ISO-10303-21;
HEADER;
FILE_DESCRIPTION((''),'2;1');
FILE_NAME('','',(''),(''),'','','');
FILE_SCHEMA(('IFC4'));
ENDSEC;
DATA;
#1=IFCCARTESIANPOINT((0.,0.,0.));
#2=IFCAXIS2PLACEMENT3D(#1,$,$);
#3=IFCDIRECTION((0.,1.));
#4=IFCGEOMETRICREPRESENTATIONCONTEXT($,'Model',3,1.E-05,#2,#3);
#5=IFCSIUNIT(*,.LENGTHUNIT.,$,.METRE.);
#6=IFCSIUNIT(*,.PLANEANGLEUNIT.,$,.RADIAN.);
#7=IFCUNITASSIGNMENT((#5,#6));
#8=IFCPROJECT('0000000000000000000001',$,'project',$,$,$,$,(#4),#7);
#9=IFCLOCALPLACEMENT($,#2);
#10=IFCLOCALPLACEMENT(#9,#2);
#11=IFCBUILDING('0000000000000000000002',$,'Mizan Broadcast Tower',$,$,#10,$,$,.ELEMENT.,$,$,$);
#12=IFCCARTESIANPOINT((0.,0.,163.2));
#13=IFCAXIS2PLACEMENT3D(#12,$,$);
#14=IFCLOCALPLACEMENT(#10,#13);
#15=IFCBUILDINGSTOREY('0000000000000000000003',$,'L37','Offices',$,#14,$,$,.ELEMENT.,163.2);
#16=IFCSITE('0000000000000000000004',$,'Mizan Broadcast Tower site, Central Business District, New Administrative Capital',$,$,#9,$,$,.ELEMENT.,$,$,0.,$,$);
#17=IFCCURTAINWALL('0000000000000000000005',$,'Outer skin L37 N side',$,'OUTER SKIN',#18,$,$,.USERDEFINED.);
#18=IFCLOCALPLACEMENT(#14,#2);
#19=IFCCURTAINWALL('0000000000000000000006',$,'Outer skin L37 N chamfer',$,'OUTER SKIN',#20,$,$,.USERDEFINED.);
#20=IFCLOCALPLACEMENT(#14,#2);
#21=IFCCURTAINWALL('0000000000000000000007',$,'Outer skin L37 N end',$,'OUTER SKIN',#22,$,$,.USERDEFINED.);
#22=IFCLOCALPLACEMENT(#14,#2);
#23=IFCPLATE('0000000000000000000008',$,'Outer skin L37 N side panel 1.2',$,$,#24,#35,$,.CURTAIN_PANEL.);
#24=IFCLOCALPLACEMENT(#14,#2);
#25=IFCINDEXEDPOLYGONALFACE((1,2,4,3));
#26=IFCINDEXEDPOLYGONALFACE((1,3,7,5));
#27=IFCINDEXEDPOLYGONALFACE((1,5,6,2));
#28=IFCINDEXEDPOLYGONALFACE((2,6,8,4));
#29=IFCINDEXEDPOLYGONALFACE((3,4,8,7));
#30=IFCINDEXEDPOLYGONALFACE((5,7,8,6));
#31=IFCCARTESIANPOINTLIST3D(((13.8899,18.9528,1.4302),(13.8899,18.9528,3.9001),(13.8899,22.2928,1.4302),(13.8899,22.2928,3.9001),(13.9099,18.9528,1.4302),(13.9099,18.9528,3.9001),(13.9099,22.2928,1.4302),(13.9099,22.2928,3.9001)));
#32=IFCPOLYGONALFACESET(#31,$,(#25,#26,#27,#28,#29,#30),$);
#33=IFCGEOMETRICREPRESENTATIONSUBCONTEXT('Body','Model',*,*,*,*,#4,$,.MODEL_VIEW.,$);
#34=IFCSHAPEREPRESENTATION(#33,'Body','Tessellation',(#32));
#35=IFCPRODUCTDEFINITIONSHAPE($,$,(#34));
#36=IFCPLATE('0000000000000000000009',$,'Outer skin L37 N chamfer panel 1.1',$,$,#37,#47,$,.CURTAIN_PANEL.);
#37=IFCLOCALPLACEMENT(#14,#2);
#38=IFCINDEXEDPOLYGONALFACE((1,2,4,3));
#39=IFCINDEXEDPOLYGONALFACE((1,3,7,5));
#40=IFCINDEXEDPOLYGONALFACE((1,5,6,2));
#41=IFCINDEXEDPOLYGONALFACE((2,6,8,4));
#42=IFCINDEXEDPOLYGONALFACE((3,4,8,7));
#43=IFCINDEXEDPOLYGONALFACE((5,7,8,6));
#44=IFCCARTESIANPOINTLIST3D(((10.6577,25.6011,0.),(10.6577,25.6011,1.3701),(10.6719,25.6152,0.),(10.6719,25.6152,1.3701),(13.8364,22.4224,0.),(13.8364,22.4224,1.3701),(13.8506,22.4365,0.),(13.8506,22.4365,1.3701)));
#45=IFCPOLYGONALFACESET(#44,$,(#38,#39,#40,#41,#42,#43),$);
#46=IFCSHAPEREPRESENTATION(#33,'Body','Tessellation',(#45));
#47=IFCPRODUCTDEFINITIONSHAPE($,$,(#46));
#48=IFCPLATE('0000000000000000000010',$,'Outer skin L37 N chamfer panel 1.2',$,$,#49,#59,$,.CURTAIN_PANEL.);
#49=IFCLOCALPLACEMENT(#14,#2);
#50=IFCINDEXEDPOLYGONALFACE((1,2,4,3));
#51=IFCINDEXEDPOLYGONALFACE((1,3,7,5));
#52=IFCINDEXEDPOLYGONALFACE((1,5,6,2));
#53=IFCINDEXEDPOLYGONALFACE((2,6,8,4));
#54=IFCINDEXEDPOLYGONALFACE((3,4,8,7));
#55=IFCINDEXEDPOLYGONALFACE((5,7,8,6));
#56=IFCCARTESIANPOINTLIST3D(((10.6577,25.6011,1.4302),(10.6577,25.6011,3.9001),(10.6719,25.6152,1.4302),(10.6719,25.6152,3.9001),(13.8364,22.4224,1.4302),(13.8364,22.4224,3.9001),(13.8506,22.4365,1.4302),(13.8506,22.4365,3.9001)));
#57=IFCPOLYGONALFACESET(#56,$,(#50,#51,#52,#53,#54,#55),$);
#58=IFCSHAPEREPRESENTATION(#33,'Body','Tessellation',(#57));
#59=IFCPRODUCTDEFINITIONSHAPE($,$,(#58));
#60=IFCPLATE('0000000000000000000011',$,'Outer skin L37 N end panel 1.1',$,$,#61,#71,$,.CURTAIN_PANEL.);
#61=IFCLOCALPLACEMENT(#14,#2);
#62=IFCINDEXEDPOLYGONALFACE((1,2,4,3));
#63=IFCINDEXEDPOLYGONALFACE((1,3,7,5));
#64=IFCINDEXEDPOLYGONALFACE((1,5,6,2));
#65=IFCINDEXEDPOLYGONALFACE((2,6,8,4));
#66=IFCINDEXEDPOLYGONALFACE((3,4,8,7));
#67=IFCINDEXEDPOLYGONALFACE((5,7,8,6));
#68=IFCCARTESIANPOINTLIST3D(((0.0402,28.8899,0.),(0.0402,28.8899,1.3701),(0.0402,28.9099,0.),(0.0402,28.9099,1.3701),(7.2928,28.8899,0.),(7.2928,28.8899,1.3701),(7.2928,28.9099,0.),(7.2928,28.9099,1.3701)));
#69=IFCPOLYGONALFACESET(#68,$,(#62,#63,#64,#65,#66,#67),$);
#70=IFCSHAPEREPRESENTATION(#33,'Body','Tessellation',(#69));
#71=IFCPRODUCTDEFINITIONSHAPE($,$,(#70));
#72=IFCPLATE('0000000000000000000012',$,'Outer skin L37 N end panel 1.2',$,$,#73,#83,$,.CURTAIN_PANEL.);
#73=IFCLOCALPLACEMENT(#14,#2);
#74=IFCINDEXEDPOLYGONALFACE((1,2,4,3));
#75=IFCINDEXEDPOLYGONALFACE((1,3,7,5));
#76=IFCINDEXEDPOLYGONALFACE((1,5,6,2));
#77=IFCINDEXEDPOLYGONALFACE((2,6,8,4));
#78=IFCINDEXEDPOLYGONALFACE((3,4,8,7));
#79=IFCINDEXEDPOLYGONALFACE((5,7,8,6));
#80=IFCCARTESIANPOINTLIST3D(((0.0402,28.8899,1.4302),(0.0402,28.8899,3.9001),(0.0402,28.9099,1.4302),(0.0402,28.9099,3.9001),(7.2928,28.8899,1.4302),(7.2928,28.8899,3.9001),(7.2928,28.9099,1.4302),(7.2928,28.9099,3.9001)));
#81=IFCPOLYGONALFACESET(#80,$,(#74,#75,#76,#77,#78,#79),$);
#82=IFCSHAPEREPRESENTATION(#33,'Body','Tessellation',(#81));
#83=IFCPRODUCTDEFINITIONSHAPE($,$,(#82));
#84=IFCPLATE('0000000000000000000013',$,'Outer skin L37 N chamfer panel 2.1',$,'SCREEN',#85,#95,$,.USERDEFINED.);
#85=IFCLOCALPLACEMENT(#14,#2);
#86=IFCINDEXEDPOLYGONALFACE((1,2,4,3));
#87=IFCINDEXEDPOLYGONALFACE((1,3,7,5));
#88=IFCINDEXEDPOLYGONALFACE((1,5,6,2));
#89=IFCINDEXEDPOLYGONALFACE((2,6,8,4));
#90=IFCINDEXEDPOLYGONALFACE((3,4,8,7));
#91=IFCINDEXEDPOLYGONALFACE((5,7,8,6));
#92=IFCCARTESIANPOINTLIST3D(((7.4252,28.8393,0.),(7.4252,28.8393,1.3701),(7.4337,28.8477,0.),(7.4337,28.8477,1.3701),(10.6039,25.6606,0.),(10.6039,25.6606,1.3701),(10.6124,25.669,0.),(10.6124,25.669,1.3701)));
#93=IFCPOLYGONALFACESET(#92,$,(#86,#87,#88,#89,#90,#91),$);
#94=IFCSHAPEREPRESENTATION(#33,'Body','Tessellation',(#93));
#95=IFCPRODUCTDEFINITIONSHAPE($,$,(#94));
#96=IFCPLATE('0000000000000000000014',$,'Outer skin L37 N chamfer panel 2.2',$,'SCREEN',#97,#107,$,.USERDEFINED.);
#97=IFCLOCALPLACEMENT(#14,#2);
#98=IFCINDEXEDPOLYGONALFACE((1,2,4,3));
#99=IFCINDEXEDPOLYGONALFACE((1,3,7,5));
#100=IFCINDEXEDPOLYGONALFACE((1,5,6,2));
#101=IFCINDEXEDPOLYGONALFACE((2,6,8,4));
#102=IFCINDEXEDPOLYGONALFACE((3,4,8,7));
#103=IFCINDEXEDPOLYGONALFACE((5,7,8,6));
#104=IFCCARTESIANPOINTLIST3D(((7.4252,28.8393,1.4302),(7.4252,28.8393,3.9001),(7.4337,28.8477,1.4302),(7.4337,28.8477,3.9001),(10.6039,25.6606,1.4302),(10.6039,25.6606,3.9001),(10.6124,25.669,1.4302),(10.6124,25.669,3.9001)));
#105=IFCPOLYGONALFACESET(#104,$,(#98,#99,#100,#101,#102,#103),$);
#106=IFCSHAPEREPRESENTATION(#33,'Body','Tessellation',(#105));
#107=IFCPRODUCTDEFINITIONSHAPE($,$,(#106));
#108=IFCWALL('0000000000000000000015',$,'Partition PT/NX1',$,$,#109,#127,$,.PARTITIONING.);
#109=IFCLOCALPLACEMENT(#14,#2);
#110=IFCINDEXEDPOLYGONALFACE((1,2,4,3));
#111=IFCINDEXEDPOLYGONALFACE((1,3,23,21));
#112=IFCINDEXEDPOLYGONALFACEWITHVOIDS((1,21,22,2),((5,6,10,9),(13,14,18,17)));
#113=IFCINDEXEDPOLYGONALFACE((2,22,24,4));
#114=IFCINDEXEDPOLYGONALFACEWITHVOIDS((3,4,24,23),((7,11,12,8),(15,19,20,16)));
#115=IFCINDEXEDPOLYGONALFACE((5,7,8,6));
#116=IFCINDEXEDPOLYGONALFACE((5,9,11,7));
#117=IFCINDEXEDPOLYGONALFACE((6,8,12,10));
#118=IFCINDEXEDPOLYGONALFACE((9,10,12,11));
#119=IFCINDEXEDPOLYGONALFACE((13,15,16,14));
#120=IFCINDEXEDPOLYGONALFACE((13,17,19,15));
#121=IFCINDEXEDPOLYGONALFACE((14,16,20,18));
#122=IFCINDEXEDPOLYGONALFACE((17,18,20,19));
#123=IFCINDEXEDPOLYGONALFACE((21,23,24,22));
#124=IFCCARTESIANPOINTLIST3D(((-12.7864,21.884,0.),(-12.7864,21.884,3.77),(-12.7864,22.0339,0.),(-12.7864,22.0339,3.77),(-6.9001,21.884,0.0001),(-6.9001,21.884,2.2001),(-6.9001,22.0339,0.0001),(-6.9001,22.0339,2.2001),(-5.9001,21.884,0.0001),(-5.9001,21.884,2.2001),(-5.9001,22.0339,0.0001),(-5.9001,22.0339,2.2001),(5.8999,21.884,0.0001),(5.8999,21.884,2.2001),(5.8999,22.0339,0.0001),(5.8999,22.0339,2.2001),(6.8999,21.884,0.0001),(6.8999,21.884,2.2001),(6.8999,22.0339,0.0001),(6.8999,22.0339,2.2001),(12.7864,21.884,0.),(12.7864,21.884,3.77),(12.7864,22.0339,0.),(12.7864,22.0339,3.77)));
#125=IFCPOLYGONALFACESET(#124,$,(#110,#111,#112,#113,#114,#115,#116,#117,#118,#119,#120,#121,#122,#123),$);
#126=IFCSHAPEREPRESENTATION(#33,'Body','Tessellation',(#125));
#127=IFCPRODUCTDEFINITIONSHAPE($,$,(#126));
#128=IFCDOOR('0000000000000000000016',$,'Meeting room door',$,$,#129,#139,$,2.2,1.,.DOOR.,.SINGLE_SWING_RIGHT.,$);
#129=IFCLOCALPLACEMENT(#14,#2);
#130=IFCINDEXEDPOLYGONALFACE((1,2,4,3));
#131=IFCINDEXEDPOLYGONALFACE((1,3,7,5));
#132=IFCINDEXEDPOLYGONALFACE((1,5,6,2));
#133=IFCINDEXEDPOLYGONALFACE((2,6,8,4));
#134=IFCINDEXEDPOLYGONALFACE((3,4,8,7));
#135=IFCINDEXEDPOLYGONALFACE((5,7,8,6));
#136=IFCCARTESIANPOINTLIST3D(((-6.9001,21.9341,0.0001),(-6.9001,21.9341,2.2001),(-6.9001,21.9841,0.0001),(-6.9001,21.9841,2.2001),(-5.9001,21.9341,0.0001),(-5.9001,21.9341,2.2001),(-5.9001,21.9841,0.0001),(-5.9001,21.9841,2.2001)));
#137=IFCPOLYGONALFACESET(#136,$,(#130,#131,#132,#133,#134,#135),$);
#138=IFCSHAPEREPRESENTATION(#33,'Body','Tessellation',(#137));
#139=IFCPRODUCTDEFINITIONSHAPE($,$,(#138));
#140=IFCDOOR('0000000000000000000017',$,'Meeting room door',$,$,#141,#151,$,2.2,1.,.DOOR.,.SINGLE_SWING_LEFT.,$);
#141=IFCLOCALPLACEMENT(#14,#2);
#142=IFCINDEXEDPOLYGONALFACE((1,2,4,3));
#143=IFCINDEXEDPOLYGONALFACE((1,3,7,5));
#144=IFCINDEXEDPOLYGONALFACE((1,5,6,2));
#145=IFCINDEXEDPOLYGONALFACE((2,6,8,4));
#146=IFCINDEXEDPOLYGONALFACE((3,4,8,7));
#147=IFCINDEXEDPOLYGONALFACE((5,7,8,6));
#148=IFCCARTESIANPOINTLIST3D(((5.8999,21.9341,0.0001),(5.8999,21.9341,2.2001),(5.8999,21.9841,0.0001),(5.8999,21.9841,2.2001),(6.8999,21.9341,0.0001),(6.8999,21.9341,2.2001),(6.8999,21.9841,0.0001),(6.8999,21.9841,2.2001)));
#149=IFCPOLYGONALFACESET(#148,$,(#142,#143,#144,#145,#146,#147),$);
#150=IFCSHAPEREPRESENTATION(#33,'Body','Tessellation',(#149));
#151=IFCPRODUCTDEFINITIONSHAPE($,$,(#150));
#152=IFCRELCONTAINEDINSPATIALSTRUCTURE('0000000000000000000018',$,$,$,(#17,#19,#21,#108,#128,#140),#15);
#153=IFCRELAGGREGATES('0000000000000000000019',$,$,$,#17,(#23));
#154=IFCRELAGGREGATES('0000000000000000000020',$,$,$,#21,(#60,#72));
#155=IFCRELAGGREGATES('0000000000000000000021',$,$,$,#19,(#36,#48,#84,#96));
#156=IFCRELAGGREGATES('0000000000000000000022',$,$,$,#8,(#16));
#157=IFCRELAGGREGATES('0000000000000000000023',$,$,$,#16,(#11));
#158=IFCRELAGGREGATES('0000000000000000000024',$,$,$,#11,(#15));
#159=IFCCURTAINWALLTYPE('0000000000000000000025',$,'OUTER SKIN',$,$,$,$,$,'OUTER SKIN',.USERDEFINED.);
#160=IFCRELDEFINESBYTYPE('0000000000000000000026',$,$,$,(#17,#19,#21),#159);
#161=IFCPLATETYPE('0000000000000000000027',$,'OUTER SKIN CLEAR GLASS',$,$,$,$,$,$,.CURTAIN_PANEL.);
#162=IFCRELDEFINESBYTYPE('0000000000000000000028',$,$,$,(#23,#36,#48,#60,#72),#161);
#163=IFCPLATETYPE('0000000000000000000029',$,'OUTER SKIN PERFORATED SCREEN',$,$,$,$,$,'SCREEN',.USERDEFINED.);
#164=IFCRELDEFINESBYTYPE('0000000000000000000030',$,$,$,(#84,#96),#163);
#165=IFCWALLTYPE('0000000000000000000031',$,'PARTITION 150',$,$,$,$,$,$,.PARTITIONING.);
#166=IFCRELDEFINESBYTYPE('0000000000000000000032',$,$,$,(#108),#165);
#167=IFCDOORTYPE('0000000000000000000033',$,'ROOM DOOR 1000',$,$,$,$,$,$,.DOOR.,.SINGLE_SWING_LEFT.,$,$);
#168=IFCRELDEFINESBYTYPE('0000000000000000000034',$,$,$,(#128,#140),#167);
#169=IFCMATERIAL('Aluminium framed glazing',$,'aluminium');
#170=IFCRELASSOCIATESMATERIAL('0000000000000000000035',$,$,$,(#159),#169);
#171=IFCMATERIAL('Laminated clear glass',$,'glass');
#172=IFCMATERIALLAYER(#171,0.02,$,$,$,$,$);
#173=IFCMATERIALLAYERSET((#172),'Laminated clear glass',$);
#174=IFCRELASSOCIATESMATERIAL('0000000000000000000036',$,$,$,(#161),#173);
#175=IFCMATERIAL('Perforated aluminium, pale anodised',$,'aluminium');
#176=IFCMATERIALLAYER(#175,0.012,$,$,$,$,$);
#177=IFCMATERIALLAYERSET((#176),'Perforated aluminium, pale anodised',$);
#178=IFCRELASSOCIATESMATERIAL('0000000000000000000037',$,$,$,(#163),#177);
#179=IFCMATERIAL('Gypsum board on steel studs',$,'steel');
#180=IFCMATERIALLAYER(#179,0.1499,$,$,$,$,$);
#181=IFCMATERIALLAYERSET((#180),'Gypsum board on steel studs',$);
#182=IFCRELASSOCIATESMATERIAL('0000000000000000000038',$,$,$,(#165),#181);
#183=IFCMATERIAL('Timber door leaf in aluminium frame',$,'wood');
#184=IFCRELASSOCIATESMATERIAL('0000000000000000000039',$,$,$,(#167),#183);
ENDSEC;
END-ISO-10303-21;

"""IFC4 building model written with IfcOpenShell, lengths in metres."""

from ifc_helpers import new_model, si_unit, direction, frame, frame_2d, origin, origin_2d, place, context, subcontext, project, spatial, rectangle, extrude, material, layer, layer_set, type_object, element, fill, aggregate, save


model = new_model("IFC4")

# Units and contexts
model_context = context("Model", 3, precision=1e-05, world=origin(), true_north=direction((0.0, 1.0)))
body_context = subcontext(model_context, "Body", "Model", "MODEL_VIEW")
ifc_project = project(units=[si_unit("LENGTHUNIT", "METRE"), si_unit("PLANEANGLEUNIT", "RADIAN")], contexts=[model_context])

# Site, building, storey
site_placement = place(None, origin())
site = spatial("IfcSite", under=ifc_project, at=site_placement, Name="Mizan Broadcast Tower site, Central Business District, New Administrative Capital", CompositionType="ELEMENT", RefElevation=0.0)
building_placement = place(site_placement, origin())
building = spatial("IfcBuilding", under=site, at=building_placement, Name="Mizan Broadcast Tower", CompositionType="ELEMENT")
storey_placement = place(building_placement, frame((0.0, 0.0, 163.2)))
storey = spatial("IfcBuildingStorey", under=building, at=storey_placement, Name="L37", Description="Offices", CompositionType="ELEMENT", Elevation=163.2)

# Curtain wall
ifc_material_1 = material(Name="Aluminium framed glazing", Category="aluminium")
curtain_wall_type_1 = type_object("IfcCurtainWallType", Name="OUTER SKIN", ElementType="OUTER SKIN", PredefinedType="USERDEFINED", material=ifc_material_1)
curtain_wall_1_placement = place(storey_placement, origin())
curtain_wall_1 = element("IfcCurtainWall", 1, at=curtain_wall_1_placement, inside=storey, type_object=curtain_wall_type_1, Name="Outer skin L37 N side", ObjectType="OUTER SKIN", PredefinedType="USERDEFINED")

# Curtain wall
curtain_wall_2_placement = place(storey_placement, origin())
curtain_wall_2 = element("IfcCurtainWall", 2, at=curtain_wall_2_placement, inside=storey, type_object=curtain_wall_type_1, Name="Outer skin L37 N chamfer", ObjectType="OUTER SKIN", PredefinedType="USERDEFINED")

# Curtain wall
curtain_wall_3_placement = place(storey_placement, origin())
curtain_wall_3 = element("IfcCurtainWall", 3, at=curtain_wall_3_placement, inside=storey, type_object=curtain_wall_type_1, Name="Outer skin L37 N end", ObjectType="OUTER SKIN", PredefinedType="USERDEFINED")

# Plates
ifc_material_2 = material(Name="Laminated clear glass", Category="glass")
ifc_layer_1 = layer(ifc_material_2, 0.02)
ifc_layer_set_1 = layer_set([ifc_layer_1], Name="Laminated clear glass")
plate_type_1 = type_object("IfcPlateType", Name="OUTER SKIN CLEAR GLASS", PredefinedType="CURTAIN_PANEL", material=ifc_layer_set_1)
plate_1_placement = place(storey_placement, frame((13.8999, 20.6228, 1.4302), z_axis=(0.0, 0.0, 1.0), x_axis=(0.0, 1.0, 0.0)))
plate_1 = element("IfcPlate", 4, at=plate_1_placement, type_object=plate_type_1, Name="Outer skin L37 N side panel 1.2", PredefinedType="CURTAIN_PANEL", context=body_context, shape_type="SweptSolid", body=[
    extrude(rectangle(XDim=3.3401, YDim=0.02, at=origin_2d()), origin(), (0.0, 0.0, 1.0), 2.47),
])
aggregate(curtain_wall_1, [plate_1])
plate_2_placement = place(storey_placement, frame((12.2542, 24.0188, 0.0), z_axis=(0.0, 0.0, 1.0), x_axis=(-0.707107, 0.707107, 0.0)))
plate_2 = element("IfcPlate", 5, at=plate_2_placement, type_object=plate_type_1, Name="Outer skin L37 N chamfer panel 1.1", PredefinedType="CURTAIN_PANEL", context=body_context, shape_type="SweptSolid", body=[
    extrude(rectangle(XDim=4.4954, YDim=0.02, at=origin_2d()), origin(), (0.0, 0.0, 1.0), 1.3701),
])
plate_3_placement = place(storey_placement, frame((12.2542, 24.0188, 1.4302), z_axis=(0.0, 0.0, 1.0), x_axis=(-0.707107, 0.707107, 0.0)))
plate_3 = element("IfcPlate", 6, at=plate_3_placement, type_object=plate_type_1, Name="Outer skin L37 N chamfer panel 1.2", PredefinedType="CURTAIN_PANEL", context=body_context, shape_type="SweptSolid", body=[
    extrude(rectangle(XDim=4.4954, YDim=0.02, at=origin_2d()), origin(), (0.0, 0.0, 1.0), 2.47),
])
plate_4_placement = place(storey_placement, frame((3.6665, 28.8999, 0.0), z_axis=(0.0, 0.0, 1.0), x_axis=(-1.0, 0.0, 0.0)))
plate_4 = element("IfcPlate", 7, at=plate_4_placement, type_object=plate_type_1, Name="Outer skin L37 N end panel 1.1", PredefinedType="CURTAIN_PANEL", context=body_context, shape_type="SweptSolid", body=[
    extrude(rectangle(XDim=7.2527, YDim=0.02, at=origin_2d()), origin(), (0.0, 0.0, 1.0), 1.3701),
])
plate_5_placement = place(storey_placement, frame((3.6665, 28.8999, 1.4302), z_axis=(0.0, 0.0, 1.0), x_axis=(-1.0, 0.0, 0.0)))
plate_5 = element("IfcPlate", 8, at=plate_5_placement, type_object=plate_type_1, Name="Outer skin L37 N end panel 1.2", PredefinedType="CURTAIN_PANEL", context=body_context, shape_type="SweptSolid", body=[
    extrude(rectangle(XDim=7.2527, YDim=0.02, at=origin_2d()), origin(), (0.0, 0.0, 1.0), 2.47),
])
aggregate(curtain_wall_3, [plate_4, plate_5])
ifc_material_3 = material(Name="Perforated aluminium, pale anodised", Category="aluminium")
ifc_layer_2 = layer(ifc_material_3, 0.012)
ifc_layer_set_2 = layer_set([ifc_layer_2], Name="Perforated aluminium, pale anodised")
plate_type_2 = type_object("IfcPlateType", Name="OUTER SKIN PERFORATED SCREEN", ElementType="SCREEN", PredefinedType="USERDEFINED", material=ifc_layer_set_2)
plate_6_placement = place(storey_placement, frame((9.0188, 27.2542, 0.0), z_axis=(0.0, 0.0, 1.0), x_axis=(-0.707107, 0.707107, 0.0)))
plate_6 = element("IfcPlate", 9, at=plate_6_placement, type_object=plate_type_2, Name="Outer skin L37 N chamfer panel 2.1", ObjectType="SCREEN", PredefinedType="USERDEFINED", context=body_context, shape_type="SweptSolid", body=[
    extrude(rectangle(XDim=4.4954, YDim=0.012, at=origin_2d()), origin(), (0.0, 0.0, 1.0), 1.3701),
])
plate_7_placement = place(storey_placement, frame((9.0188, 27.2542, 1.4302), z_axis=(0.0, 0.0, 1.0), x_axis=(-0.707107, 0.707107, 0.0)))
plate_7 = element("IfcPlate", 10, at=plate_7_placement, type_object=plate_type_2, Name="Outer skin L37 N chamfer panel 2.2", ObjectType="SCREEN", PredefinedType="USERDEFINED", context=body_context, shape_type="SweptSolid", body=[
    extrude(rectangle(XDim=4.4954, YDim=0.012, at=origin_2d()), origin(), (0.0, 0.0, 1.0), 2.47),
])
aggregate(curtain_wall_2, [plate_2, plate_3, plate_6, plate_7])

# Wall, openings, doors
ifc_material_4 = material(Name="Gypsum board on steel studs", Category="steel")
ifc_layer_3 = layer(ifc_material_4, 0.1499)
ifc_layer_set_3 = layer_set([ifc_layer_3], Name="Gypsum board on steel studs")
wall_type = type_object("IfcWallType", Name="PARTITION 150", PredefinedType="PARTITIONING", material=ifc_layer_set_3)
wall_placement = place(storey_placement, frame((12.7864, 21.959, 0.0), z_axis=(0.0, 0.0, 1.0), x_axis=(-1.0, 0.0, 0.0)))
wall = element("IfcWall", 11, at=wall_placement, inside=storey, type_object=wall_type, Name="Partition PT/NX1", PredefinedType="PARTITIONING", context=body_context, shape_type="SweptSolid", body=[
    extrude(rectangle(XDim=25.5728, YDim=0.1499, at=frame_2d((12.7864, 0.0))), origin(), (0.0, 0.0, 1.0), 3.77),
])
opening_1_placement = place(wall_placement, frame((18.6865, 0.0, 0.0)))
opening_1 = element("IfcOpeningElement", 12, at=opening_1_placement, cuts=wall, PredefinedType="OPENING", context=body_context, shape_type="SweptSolid", body=[
    extrude(rectangle(XDim=1.0, YDim=2.2, at=frame_2d((0.5, 1.1001))), frame((0.0, 0.085, 0.0), z_axis=(0.0, -1.0, 0.0), x_axis=(1.0, 0.0, 0.0)), (0.0, 0.0, 1.0), 0.1699),
])
opening_2_placement = place(wall_placement, frame((5.8865, 0.0, 0.0)))
opening_2 = element("IfcOpeningElement", 13, at=opening_2_placement, cuts=wall, PredefinedType="OPENING", context=body_context, shape_type="SweptSolid", body=[
    extrude(rectangle(XDim=1.0, YDim=2.2, at=frame_2d((0.5, 1.1001))), frame((0.0, 0.085, 0.0), z_axis=(0.0, -1.0, 0.0), x_axis=(1.0, 0.0, 0.0)), (0.0, 0.0, 1.0), 0.1699),
])
ifc_material_5 = material(Name="Timber door leaf in aluminium frame", Category="wood")
door_type = type_object("IfcDoorType", Name="ROOM DOOR 1000", OperationType="SINGLE_SWING_LEFT", PredefinedType="DOOR", material=ifc_material_5)
door_1_placement = place(opening_1_placement, origin())
door_1 = element("IfcDoor", 14, at=door_1_placement, inside=storey, type_object=door_type, Name="Meeting room door", OperationType="SINGLE_SWING_RIGHT", OverallHeight=2.2, OverallWidth=1.0, PredefinedType="DOOR", context=body_context, shape_type="SweptSolid", body=[
    extrude(rectangle(XDim=1.0, YDim=2.2, at=frame_2d((0.5, 1.1001))), frame((0.0, 0.0249, 0.0), z_axis=(0.0, -1.0, 0.0), x_axis=(1.0, 0.0, 0.0)), (0.0, 0.0, 1.0), 0.05),
])
fill(opening_1, door_1)
door_2_placement = place(opening_2_placement, origin())
door_2 = element("IfcDoor", 15, at=door_2_placement, inside=storey, type_object=door_type, Name="Meeting room door", OperationType="SINGLE_SWING_LEFT", OverallHeight=2.2, OverallWidth=1.0, PredefinedType="DOOR", context=body_context, shape_type="SweptSolid", body=[
    extrude(rectangle(XDim=1.0, YDim=2.2, at=frame_2d((0.5, 1.1001))), frame((0.0, 0.0249, 0.0), z_axis=(0.0, -1.0, 0.0), x_axis=(1.0, 0.0, 0.0)), (0.0, 0.0, 1.0), 0.05),
])
fill(opening_2, door_2)

save(model, "model.ifc")
